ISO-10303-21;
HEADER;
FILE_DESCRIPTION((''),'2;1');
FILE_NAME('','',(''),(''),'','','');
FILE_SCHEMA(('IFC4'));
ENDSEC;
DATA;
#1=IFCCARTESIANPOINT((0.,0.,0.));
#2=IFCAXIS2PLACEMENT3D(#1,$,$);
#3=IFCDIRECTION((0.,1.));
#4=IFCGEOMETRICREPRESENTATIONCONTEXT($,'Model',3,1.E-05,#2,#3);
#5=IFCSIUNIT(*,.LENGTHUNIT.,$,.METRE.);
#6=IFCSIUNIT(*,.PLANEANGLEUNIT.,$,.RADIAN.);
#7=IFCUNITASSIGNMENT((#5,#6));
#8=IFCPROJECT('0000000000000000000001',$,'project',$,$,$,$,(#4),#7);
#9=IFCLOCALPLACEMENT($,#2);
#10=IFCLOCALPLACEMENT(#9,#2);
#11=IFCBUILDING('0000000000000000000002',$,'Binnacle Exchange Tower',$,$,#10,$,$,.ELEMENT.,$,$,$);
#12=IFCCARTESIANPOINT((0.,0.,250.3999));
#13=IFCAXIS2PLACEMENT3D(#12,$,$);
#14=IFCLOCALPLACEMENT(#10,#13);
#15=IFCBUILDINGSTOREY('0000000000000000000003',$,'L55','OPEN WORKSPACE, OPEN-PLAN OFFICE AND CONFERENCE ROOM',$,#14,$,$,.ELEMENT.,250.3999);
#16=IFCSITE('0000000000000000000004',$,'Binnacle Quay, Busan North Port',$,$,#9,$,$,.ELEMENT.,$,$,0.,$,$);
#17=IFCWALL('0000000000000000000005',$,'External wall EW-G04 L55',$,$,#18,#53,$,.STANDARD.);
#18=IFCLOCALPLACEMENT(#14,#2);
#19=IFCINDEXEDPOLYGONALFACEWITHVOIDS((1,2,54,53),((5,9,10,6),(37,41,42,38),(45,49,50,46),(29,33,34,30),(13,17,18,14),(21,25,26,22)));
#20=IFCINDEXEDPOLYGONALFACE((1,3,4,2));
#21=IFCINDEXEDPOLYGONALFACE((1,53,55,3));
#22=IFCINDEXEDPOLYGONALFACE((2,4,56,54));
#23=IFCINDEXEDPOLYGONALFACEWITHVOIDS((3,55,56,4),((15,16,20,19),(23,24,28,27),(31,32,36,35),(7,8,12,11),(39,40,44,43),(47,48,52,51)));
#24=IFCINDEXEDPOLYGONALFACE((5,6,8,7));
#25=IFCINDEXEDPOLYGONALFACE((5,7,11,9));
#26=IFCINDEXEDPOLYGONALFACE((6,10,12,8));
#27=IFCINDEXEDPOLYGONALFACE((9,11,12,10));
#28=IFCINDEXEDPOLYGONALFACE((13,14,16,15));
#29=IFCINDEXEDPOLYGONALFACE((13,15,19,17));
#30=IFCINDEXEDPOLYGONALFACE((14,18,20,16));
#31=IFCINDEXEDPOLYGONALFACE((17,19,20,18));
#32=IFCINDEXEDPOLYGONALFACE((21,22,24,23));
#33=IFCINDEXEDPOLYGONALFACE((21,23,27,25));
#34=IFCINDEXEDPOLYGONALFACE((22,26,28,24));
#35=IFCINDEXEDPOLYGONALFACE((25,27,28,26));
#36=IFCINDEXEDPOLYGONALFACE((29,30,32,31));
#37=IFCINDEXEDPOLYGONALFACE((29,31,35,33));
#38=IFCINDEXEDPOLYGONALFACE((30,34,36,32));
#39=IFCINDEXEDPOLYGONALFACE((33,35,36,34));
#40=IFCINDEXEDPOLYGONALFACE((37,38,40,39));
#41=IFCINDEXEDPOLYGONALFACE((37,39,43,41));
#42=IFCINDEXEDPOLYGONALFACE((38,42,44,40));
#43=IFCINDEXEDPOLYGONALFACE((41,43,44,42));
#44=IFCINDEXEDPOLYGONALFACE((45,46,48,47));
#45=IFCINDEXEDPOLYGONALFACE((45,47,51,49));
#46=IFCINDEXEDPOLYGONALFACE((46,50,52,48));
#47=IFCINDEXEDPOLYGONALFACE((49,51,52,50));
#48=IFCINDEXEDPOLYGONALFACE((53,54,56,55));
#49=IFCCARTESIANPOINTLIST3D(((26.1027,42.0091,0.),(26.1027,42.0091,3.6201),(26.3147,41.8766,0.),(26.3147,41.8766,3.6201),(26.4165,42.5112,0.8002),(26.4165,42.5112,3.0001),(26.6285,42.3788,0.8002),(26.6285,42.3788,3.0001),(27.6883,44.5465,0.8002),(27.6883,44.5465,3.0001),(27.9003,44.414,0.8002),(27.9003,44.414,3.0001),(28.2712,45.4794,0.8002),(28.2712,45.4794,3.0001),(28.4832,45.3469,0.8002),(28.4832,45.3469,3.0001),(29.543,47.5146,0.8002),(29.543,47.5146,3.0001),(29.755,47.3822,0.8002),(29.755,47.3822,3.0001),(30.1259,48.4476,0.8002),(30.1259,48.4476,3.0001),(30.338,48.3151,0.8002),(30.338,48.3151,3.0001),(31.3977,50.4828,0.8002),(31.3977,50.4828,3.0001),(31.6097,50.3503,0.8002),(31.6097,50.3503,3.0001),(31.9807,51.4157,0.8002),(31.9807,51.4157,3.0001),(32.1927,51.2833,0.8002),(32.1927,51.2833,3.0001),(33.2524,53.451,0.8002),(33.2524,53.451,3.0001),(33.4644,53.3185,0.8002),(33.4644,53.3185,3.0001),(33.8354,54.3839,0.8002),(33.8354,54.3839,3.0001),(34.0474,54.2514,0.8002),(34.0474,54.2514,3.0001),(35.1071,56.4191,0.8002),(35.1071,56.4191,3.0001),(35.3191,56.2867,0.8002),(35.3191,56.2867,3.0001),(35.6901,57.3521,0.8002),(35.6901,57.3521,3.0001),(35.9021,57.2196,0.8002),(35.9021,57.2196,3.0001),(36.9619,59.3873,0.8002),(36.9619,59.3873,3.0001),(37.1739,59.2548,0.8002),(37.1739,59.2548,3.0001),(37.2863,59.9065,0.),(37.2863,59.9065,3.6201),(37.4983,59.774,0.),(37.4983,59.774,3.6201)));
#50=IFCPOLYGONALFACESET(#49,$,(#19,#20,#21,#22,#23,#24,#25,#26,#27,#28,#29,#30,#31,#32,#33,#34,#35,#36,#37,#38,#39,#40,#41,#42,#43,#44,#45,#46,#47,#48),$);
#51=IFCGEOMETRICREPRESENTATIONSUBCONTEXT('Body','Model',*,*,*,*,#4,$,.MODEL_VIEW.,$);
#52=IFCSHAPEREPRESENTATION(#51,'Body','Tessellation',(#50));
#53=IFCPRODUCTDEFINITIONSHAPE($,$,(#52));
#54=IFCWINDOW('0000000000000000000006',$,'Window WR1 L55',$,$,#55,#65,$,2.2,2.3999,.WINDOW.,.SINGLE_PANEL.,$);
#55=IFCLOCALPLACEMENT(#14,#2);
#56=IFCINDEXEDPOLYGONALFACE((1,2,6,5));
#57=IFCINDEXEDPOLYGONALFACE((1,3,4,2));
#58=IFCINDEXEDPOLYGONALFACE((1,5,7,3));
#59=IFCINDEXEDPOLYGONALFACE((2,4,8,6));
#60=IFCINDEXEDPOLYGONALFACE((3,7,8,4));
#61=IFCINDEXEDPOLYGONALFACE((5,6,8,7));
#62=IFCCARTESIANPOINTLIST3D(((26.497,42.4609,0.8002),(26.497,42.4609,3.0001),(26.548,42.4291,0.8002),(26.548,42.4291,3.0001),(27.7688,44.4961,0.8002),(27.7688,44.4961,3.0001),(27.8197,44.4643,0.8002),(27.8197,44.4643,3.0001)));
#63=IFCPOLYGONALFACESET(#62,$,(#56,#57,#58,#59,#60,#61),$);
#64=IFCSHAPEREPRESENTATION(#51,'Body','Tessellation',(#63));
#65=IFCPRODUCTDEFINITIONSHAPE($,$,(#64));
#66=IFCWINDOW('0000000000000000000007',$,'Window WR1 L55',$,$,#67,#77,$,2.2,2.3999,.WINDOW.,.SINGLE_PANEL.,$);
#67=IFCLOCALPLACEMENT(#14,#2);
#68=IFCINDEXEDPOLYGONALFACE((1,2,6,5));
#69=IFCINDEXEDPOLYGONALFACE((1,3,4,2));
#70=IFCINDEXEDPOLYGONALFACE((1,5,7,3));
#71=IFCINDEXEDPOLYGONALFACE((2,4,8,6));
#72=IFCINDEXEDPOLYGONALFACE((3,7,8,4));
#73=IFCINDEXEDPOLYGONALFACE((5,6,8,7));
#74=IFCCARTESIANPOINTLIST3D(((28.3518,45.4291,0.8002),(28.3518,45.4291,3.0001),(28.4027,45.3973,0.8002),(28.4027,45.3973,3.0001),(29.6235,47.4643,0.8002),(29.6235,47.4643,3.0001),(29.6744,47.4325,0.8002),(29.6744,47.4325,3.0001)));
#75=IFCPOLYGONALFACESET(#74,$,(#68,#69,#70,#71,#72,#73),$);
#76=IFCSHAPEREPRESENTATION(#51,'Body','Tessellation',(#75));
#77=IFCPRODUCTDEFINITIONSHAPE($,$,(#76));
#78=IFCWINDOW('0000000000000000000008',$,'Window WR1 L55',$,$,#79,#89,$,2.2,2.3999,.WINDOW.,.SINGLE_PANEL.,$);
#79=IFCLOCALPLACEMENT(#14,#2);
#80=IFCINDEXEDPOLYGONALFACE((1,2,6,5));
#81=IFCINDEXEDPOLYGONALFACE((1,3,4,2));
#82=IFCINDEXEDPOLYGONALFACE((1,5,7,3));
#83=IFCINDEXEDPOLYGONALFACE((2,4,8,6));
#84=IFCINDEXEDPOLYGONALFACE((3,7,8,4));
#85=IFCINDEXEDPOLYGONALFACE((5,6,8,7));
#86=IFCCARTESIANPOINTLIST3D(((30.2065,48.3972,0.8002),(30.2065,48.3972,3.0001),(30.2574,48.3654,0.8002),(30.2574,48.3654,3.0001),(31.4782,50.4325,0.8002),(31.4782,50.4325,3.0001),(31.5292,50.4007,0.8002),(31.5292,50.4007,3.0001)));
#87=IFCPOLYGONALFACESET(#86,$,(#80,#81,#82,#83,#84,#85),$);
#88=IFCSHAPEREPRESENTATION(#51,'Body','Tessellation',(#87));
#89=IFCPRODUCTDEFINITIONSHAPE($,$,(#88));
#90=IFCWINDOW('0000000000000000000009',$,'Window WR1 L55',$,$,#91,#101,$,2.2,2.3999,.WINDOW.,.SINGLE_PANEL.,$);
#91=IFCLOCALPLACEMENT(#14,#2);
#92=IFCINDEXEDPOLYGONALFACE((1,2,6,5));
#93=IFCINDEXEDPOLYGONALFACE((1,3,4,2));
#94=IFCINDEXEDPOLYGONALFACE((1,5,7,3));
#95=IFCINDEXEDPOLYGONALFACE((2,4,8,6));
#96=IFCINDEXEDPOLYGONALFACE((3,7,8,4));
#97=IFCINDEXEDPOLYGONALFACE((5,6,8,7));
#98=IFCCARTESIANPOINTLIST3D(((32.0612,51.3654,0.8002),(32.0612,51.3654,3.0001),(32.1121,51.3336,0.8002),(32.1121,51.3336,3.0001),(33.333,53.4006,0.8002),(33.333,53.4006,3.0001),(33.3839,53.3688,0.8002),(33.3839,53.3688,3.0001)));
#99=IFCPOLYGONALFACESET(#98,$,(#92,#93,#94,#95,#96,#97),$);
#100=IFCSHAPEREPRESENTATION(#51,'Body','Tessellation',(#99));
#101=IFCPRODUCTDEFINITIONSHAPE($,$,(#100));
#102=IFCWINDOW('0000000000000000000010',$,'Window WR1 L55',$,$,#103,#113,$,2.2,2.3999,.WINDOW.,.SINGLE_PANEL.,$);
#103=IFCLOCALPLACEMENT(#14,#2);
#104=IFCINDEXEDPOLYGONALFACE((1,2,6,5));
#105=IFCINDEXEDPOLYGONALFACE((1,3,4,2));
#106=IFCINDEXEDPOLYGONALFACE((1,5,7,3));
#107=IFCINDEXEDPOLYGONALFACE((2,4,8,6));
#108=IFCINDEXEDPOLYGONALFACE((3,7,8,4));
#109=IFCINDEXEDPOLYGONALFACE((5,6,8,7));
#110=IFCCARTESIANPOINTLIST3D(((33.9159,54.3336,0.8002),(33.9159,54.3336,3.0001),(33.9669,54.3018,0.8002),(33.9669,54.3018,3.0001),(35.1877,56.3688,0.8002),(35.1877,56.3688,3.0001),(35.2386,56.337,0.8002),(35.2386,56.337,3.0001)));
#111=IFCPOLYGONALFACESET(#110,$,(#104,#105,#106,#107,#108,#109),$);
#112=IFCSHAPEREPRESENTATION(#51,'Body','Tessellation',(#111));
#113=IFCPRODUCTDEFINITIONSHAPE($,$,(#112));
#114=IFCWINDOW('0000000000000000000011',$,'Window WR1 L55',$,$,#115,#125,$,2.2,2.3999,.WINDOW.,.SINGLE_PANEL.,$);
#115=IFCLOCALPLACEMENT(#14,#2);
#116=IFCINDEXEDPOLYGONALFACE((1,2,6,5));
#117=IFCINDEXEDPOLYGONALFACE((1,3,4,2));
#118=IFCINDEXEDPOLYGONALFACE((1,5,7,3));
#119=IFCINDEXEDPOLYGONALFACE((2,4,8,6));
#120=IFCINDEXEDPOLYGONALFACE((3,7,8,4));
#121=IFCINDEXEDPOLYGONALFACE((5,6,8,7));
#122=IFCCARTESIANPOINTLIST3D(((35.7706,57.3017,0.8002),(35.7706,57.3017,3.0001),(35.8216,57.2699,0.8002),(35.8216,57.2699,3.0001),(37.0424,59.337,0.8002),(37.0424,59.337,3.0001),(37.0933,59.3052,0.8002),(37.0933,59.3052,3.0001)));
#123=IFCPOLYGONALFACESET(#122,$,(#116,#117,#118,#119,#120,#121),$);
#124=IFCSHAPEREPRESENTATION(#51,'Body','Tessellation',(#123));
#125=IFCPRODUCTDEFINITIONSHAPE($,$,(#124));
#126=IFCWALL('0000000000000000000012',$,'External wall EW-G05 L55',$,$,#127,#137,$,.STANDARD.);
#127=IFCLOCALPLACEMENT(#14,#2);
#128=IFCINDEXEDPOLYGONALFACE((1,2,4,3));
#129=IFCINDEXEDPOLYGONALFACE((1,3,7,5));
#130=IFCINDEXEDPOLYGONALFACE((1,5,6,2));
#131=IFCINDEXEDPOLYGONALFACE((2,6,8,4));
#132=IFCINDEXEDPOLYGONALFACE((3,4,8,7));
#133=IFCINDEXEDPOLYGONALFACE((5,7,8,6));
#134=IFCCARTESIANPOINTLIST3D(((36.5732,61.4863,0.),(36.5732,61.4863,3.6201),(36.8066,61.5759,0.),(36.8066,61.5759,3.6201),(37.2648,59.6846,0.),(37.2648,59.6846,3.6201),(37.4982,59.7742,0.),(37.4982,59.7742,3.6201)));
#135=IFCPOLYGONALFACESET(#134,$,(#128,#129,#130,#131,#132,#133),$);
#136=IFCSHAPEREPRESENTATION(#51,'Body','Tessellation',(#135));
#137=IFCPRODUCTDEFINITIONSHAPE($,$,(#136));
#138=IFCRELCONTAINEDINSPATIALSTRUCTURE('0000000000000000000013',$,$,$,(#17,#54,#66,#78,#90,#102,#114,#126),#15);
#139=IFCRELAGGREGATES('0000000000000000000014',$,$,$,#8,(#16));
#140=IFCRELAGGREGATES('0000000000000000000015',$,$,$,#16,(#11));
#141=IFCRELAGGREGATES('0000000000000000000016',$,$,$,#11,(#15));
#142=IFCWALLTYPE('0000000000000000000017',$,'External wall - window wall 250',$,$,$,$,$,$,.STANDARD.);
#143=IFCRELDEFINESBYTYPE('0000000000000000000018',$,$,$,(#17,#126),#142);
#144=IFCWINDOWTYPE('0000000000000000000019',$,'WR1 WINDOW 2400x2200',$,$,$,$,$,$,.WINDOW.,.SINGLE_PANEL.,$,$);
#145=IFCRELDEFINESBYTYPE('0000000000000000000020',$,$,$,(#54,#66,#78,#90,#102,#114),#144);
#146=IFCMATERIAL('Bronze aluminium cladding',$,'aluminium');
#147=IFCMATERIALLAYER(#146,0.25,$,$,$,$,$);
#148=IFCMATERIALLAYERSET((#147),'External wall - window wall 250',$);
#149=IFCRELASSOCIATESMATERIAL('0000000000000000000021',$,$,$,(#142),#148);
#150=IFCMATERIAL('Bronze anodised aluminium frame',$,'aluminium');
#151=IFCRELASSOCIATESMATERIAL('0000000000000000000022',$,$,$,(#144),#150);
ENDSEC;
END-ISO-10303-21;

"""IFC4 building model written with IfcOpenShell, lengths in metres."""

from ifc_helpers import new_model, si_unit, direction, frame, frame_2d, origin, place, context, subcontext, project, spatial, rectangle, extrude, material, layer, layer_set, type_object, element, fill, save


model = new_model("IFC4")

# Units and contexts
model_context = context("Model", 3, precision=1e-05, world=origin(), true_north=direction((0.0, 1.0)))
body_context = subcontext(model_context, "Body", "Model", "MODEL_VIEW")
ifc_project = project(units=[si_unit("LENGTHUNIT", "METRE"), si_unit("PLANEANGLEUNIT", "RADIAN")], contexts=[model_context])

# Site, building, storey
site_placement = place(None, origin())
site = spatial("IfcSite", under=ifc_project, at=site_placement, Name="Binnacle Quay, Busan North Port", CompositionType="ELEMENT", RefElevation=0.0)
building_placement = place(site_placement, origin())
building = spatial("IfcBuilding", under=site, at=building_placement, Name="Binnacle Exchange Tower", CompositionType="ELEMENT")
storey_placement = place(building_placement, frame((0.0, 0.0, 250.3999)))
storey = spatial("IfcBuildingStorey", under=building, at=storey_placement, Name="L55", Description="OPEN WORKSPACE, OPEN-PLAN OFFICE AND CONFERENCE ROOM", CompositionType="ELEMENT", Elevation=250.3999)

# Wall, openings, windows
ifc_material_1 = material(Name="Bronze aluminium cladding", Category="aluminium")
ifc_layer_1 = layer(ifc_material_1, 0.25)
ifc_layer_set_1 = layer_set([ifc_layer_1], Name="External wall - window wall 250")
wall_type_1 = type_object("IfcWallType", Name="External wall - window wall 250", PredefinedType="STANDARD", material=ifc_layer_set_1)
wall_1_placement = place(storey_placement, frame((37.3923, 59.8403, 0.0), z_axis=(0.0, 0.0, 1.0), x_axis=(-0.52992, -0.848048, 0.0)))
wall_1 = element("IfcWall", 1, at=wall_1_placement, inside=storey, type_object=wall_type_1, Name="External wall EW-G04 L55", PredefinedType="STANDARD", context=body_context, shape_type="SweptSolid", body=[
    extrude(rectangle(XDim=21.1042, YDim=0.25, at=frame_2d((10.5522, 0.0))), origin(), (0.0, 0.0, 1.0), 3.6201),
])
opening_1_placement = place(wall_1_placement, frame((18.1123, 0.0, 0.8)))
opening_1 = element("IfcOpeningElement", 2, at=opening_1_placement, cuts=wall_1, PredefinedType="OPENING", context=body_context, shape_type="SweptSolid", body=[
    extrude(rectangle(XDim=2.3999, YDim=2.2, at=frame_2d((1.2, 1.1001))), frame((0.0, 0.135, 0.0), z_axis=(0.0, -1.0, 0.0), x_axis=(1.0, 0.0, 0.0)), (0.0, 0.0, 1.0), 0.27),
])
opening_2_placement = place(wall_1_placement, frame((14.6123, 0.0, 0.8)))
opening_2 = element("IfcOpeningElement", 3, at=opening_2_placement, cuts=wall_1, PredefinedType="OPENING", context=body_context, shape_type="SweptSolid", body=[
    extrude(rectangle(XDim=2.3999, YDim=2.2, at=frame_2d((1.2, 1.1001))), frame((0.0, 0.135, 0.0), z_axis=(0.0, -1.0, 0.0), x_axis=(1.0, 0.0, 0.0)), (0.0, 0.0, 1.0), 0.27),
])
opening_3_placement = place(wall_1_placement, frame((11.1123, 0.0, 0.8)))
opening_3 = element("IfcOpeningElement", 4, at=opening_3_placement, cuts=wall_1, PredefinedType="OPENING", context=body_context, shape_type="SweptSolid", body=[
    extrude(rectangle(XDim=2.3999, YDim=2.2, at=frame_2d((1.2, 1.1001))), frame((0.0, 0.135, 0.0), z_axis=(0.0, -1.0, 0.0), x_axis=(1.0, 0.0, 0.0)), (0.0, 0.0, 1.0), 0.27),
])
opening_4_placement = place(wall_1_placement, frame((7.6123, 0.0, 0.8)))
opening_4 = element("IfcOpeningElement", 5, at=opening_4_placement, cuts=wall_1, PredefinedType="OPENING", context=body_context, shape_type="SweptSolid", body=[
    extrude(rectangle(XDim=2.3999, YDim=2.2, at=frame_2d((1.2, 1.1001))), frame((0.0, 0.135, 0.0), z_axis=(0.0, -1.0, 0.0), x_axis=(1.0, 0.0, 0.0)), (0.0, 0.0, 1.0), 0.27),
])
opening_5_placement = place(wall_1_placement, frame((4.1123, 0.0, 0.8)))
opening_5 = element("IfcOpeningElement", 6, at=opening_5_placement, cuts=wall_1, PredefinedType="OPENING", context=body_context, shape_type="SweptSolid", body=[
    extrude(rectangle(XDim=2.3999, YDim=2.2, at=frame_2d((1.2, 1.1001))), frame((0.0, 0.135, 0.0), z_axis=(0.0, -1.0, 0.0), x_axis=(1.0, 0.0, 0.0)), (0.0, 0.0, 1.0), 0.27),
])
opening_6_placement = place(wall_1_placement, frame((0.6123, 0.0, 0.8)))
opening_6 = element("IfcOpeningElement", 7, at=opening_6_placement, cuts=wall_1, PredefinedType="OPENING", context=body_context, shape_type="SweptSolid", body=[
    extrude(rectangle(XDim=2.3999, YDim=2.2, at=frame_2d((1.2, 1.1001))), frame((0.0, 0.135, 0.0), z_axis=(0.0, -1.0, 0.0), x_axis=(1.0, 0.0, 0.0)), (0.0, 0.0, 1.0), 0.27),
])
ifc_material_2 = material(Name="Bronze anodised aluminium frame", Category="aluminium")
window_type = type_object("IfcWindowType", Name="WR1 WINDOW 2400x2200", PartitioningType="SINGLE_PANEL", PredefinedType="WINDOW", material=ifc_material_2)
window_1_placement = place(opening_1_placement, origin())
window_1 = element("IfcWindow", 8, at=window_1_placement, inside=storey, type_object=window_type, Name="Window WR1 L55", OverallHeight=2.2, OverallWidth=2.3999, PartitioningType="SINGLE_PANEL", PredefinedType="WINDOW", context=body_context, shape_type="SweptSolid", body=[
    extrude(rectangle(XDim=2.3999, YDim=2.2, at=frame_2d((1.2, 1.1001))), frame((0.0, 0.03, 0.0), z_axis=(0.0, -1.0, 0.0), x_axis=(1.0, 0.0, 0.0)), (0.0, 0.0, 1.0), 0.0601),
])
fill(opening_1, window_1)
window_2_placement = place(opening_2_placement, origin())
window_2 = element("IfcWindow", 9, at=window_2_placement, inside=storey, type_object=window_type, Name="Window WR1 L55", OverallHeight=2.2, OverallWidth=2.3999, PartitioningType="SINGLE_PANEL", PredefinedType="WINDOW", context=body_context, shape_type="SweptSolid", body=[
    extrude(rectangle(XDim=2.3999, YDim=2.2, at=frame_2d((1.2, 1.1001))), frame((0.0, 0.03, 0.0), z_axis=(0.0, -1.0, 0.0), x_axis=(1.0, 0.0, 0.0)), (0.0, 0.0, 1.0), 0.0601),
])
fill(opening_2, window_2)
window_3_placement = place(opening_3_placement, origin())
window_3 = element("IfcWindow", 10, at=window_3_placement, inside=storey, type_object=window_type, Name="Window WR1 L55", OverallHeight=2.2, OverallWidth=2.3999, PartitioningType="SINGLE_PANEL", PredefinedType="WINDOW", context=body_context, shape_type="SweptSolid", body=[
    extrude(rectangle(XDim=2.3999, YDim=2.2, at=frame_2d((1.2, 1.1001))), frame((0.0, 0.03, 0.0), z_axis=(0.0, -1.0, 0.0), x_axis=(1.0, 0.0, 0.0)), (0.0, 0.0, 1.0), 0.0601),
])
fill(opening_3, window_3)
window_4_placement = place(opening_4_placement, origin())
window_4 = element("IfcWindow", 11, at=window_4_placement, inside=storey, type_object=window_type, Name="Window WR1 L55", OverallHeight=2.2, OverallWidth=2.3999, PartitioningType="SINGLE_PANEL", PredefinedType="WINDOW", context=body_context, shape_type="SweptSolid", body=[
    extrude(rectangle(XDim=2.3999, YDim=2.2, at=frame_2d((1.2, 1.1001))), frame((0.0, 0.03, 0.0), z_axis=(0.0, -1.0, 0.0), x_axis=(1.0, 0.0, 0.0)), (0.0, 0.0, 1.0), 0.0601),
])
fill(opening_4, window_4)
window_5_placement = place(opening_5_placement, origin())
window_5 = element("IfcWindow", 12, at=window_5_placement, inside=storey, type_object=window_type, Name="Window WR1 L55", OverallHeight=2.2, OverallWidth=2.3999, PartitioningType="SINGLE_PANEL", PredefinedType="WINDOW", context=body_context, shape_type="SweptSolid", body=[
    extrude(rectangle(XDim=2.3999, YDim=2.2, at=frame_2d((1.2, 1.1001))), frame((0.0, 0.03, 0.0), z_axis=(0.0, -1.0, 0.0), x_axis=(1.0, 0.0, 0.0)), (0.0, 0.0, 1.0), 0.0601),
])
fill(opening_5, window_5)
window_6_placement = place(opening_6_placement, origin())
window_6 = element("IfcWindow", 13, at=window_6_placement, inside=storey, type_object=window_type, Name="Window WR1 L55", OverallHeight=2.2, OverallWidth=2.3999, PartitioningType="SINGLE_PANEL", PredefinedType="WINDOW", context=body_context, shape_type="SweptSolid", body=[
    extrude(rectangle(XDim=2.3999, YDim=2.2, at=frame_2d((1.2, 1.1001))), frame((0.0, 0.03, 0.0), z_axis=(0.0, -1.0, 0.0), x_axis=(1.0, 0.0, 0.0)), (0.0, 0.0, 1.0), 0.0601),
])
fill(opening_6, window_6)

# Wall
wall_2_placement = place(storey_placement, frame((36.6899, 61.531, 0.0), z_axis=(0.0, 0.0, 1.0), x_axis=(0.358377, -0.933577, 0.0)))
element("IfcWall", 14, at=wall_2_placement, inside=storey, type_object=wall_type_1, Name="External wall EW-G05 L55", PredefinedType="STANDARD", context=body_context, shape_type="SweptSolid", body=[
    extrude(rectangle(XDim=1.9299, YDim=0.25, at=frame_2d((0.9648, 0.0))), origin(), (0.0, 0.0, 1.0), 3.6201),
])

save(model, "model.ifc")
